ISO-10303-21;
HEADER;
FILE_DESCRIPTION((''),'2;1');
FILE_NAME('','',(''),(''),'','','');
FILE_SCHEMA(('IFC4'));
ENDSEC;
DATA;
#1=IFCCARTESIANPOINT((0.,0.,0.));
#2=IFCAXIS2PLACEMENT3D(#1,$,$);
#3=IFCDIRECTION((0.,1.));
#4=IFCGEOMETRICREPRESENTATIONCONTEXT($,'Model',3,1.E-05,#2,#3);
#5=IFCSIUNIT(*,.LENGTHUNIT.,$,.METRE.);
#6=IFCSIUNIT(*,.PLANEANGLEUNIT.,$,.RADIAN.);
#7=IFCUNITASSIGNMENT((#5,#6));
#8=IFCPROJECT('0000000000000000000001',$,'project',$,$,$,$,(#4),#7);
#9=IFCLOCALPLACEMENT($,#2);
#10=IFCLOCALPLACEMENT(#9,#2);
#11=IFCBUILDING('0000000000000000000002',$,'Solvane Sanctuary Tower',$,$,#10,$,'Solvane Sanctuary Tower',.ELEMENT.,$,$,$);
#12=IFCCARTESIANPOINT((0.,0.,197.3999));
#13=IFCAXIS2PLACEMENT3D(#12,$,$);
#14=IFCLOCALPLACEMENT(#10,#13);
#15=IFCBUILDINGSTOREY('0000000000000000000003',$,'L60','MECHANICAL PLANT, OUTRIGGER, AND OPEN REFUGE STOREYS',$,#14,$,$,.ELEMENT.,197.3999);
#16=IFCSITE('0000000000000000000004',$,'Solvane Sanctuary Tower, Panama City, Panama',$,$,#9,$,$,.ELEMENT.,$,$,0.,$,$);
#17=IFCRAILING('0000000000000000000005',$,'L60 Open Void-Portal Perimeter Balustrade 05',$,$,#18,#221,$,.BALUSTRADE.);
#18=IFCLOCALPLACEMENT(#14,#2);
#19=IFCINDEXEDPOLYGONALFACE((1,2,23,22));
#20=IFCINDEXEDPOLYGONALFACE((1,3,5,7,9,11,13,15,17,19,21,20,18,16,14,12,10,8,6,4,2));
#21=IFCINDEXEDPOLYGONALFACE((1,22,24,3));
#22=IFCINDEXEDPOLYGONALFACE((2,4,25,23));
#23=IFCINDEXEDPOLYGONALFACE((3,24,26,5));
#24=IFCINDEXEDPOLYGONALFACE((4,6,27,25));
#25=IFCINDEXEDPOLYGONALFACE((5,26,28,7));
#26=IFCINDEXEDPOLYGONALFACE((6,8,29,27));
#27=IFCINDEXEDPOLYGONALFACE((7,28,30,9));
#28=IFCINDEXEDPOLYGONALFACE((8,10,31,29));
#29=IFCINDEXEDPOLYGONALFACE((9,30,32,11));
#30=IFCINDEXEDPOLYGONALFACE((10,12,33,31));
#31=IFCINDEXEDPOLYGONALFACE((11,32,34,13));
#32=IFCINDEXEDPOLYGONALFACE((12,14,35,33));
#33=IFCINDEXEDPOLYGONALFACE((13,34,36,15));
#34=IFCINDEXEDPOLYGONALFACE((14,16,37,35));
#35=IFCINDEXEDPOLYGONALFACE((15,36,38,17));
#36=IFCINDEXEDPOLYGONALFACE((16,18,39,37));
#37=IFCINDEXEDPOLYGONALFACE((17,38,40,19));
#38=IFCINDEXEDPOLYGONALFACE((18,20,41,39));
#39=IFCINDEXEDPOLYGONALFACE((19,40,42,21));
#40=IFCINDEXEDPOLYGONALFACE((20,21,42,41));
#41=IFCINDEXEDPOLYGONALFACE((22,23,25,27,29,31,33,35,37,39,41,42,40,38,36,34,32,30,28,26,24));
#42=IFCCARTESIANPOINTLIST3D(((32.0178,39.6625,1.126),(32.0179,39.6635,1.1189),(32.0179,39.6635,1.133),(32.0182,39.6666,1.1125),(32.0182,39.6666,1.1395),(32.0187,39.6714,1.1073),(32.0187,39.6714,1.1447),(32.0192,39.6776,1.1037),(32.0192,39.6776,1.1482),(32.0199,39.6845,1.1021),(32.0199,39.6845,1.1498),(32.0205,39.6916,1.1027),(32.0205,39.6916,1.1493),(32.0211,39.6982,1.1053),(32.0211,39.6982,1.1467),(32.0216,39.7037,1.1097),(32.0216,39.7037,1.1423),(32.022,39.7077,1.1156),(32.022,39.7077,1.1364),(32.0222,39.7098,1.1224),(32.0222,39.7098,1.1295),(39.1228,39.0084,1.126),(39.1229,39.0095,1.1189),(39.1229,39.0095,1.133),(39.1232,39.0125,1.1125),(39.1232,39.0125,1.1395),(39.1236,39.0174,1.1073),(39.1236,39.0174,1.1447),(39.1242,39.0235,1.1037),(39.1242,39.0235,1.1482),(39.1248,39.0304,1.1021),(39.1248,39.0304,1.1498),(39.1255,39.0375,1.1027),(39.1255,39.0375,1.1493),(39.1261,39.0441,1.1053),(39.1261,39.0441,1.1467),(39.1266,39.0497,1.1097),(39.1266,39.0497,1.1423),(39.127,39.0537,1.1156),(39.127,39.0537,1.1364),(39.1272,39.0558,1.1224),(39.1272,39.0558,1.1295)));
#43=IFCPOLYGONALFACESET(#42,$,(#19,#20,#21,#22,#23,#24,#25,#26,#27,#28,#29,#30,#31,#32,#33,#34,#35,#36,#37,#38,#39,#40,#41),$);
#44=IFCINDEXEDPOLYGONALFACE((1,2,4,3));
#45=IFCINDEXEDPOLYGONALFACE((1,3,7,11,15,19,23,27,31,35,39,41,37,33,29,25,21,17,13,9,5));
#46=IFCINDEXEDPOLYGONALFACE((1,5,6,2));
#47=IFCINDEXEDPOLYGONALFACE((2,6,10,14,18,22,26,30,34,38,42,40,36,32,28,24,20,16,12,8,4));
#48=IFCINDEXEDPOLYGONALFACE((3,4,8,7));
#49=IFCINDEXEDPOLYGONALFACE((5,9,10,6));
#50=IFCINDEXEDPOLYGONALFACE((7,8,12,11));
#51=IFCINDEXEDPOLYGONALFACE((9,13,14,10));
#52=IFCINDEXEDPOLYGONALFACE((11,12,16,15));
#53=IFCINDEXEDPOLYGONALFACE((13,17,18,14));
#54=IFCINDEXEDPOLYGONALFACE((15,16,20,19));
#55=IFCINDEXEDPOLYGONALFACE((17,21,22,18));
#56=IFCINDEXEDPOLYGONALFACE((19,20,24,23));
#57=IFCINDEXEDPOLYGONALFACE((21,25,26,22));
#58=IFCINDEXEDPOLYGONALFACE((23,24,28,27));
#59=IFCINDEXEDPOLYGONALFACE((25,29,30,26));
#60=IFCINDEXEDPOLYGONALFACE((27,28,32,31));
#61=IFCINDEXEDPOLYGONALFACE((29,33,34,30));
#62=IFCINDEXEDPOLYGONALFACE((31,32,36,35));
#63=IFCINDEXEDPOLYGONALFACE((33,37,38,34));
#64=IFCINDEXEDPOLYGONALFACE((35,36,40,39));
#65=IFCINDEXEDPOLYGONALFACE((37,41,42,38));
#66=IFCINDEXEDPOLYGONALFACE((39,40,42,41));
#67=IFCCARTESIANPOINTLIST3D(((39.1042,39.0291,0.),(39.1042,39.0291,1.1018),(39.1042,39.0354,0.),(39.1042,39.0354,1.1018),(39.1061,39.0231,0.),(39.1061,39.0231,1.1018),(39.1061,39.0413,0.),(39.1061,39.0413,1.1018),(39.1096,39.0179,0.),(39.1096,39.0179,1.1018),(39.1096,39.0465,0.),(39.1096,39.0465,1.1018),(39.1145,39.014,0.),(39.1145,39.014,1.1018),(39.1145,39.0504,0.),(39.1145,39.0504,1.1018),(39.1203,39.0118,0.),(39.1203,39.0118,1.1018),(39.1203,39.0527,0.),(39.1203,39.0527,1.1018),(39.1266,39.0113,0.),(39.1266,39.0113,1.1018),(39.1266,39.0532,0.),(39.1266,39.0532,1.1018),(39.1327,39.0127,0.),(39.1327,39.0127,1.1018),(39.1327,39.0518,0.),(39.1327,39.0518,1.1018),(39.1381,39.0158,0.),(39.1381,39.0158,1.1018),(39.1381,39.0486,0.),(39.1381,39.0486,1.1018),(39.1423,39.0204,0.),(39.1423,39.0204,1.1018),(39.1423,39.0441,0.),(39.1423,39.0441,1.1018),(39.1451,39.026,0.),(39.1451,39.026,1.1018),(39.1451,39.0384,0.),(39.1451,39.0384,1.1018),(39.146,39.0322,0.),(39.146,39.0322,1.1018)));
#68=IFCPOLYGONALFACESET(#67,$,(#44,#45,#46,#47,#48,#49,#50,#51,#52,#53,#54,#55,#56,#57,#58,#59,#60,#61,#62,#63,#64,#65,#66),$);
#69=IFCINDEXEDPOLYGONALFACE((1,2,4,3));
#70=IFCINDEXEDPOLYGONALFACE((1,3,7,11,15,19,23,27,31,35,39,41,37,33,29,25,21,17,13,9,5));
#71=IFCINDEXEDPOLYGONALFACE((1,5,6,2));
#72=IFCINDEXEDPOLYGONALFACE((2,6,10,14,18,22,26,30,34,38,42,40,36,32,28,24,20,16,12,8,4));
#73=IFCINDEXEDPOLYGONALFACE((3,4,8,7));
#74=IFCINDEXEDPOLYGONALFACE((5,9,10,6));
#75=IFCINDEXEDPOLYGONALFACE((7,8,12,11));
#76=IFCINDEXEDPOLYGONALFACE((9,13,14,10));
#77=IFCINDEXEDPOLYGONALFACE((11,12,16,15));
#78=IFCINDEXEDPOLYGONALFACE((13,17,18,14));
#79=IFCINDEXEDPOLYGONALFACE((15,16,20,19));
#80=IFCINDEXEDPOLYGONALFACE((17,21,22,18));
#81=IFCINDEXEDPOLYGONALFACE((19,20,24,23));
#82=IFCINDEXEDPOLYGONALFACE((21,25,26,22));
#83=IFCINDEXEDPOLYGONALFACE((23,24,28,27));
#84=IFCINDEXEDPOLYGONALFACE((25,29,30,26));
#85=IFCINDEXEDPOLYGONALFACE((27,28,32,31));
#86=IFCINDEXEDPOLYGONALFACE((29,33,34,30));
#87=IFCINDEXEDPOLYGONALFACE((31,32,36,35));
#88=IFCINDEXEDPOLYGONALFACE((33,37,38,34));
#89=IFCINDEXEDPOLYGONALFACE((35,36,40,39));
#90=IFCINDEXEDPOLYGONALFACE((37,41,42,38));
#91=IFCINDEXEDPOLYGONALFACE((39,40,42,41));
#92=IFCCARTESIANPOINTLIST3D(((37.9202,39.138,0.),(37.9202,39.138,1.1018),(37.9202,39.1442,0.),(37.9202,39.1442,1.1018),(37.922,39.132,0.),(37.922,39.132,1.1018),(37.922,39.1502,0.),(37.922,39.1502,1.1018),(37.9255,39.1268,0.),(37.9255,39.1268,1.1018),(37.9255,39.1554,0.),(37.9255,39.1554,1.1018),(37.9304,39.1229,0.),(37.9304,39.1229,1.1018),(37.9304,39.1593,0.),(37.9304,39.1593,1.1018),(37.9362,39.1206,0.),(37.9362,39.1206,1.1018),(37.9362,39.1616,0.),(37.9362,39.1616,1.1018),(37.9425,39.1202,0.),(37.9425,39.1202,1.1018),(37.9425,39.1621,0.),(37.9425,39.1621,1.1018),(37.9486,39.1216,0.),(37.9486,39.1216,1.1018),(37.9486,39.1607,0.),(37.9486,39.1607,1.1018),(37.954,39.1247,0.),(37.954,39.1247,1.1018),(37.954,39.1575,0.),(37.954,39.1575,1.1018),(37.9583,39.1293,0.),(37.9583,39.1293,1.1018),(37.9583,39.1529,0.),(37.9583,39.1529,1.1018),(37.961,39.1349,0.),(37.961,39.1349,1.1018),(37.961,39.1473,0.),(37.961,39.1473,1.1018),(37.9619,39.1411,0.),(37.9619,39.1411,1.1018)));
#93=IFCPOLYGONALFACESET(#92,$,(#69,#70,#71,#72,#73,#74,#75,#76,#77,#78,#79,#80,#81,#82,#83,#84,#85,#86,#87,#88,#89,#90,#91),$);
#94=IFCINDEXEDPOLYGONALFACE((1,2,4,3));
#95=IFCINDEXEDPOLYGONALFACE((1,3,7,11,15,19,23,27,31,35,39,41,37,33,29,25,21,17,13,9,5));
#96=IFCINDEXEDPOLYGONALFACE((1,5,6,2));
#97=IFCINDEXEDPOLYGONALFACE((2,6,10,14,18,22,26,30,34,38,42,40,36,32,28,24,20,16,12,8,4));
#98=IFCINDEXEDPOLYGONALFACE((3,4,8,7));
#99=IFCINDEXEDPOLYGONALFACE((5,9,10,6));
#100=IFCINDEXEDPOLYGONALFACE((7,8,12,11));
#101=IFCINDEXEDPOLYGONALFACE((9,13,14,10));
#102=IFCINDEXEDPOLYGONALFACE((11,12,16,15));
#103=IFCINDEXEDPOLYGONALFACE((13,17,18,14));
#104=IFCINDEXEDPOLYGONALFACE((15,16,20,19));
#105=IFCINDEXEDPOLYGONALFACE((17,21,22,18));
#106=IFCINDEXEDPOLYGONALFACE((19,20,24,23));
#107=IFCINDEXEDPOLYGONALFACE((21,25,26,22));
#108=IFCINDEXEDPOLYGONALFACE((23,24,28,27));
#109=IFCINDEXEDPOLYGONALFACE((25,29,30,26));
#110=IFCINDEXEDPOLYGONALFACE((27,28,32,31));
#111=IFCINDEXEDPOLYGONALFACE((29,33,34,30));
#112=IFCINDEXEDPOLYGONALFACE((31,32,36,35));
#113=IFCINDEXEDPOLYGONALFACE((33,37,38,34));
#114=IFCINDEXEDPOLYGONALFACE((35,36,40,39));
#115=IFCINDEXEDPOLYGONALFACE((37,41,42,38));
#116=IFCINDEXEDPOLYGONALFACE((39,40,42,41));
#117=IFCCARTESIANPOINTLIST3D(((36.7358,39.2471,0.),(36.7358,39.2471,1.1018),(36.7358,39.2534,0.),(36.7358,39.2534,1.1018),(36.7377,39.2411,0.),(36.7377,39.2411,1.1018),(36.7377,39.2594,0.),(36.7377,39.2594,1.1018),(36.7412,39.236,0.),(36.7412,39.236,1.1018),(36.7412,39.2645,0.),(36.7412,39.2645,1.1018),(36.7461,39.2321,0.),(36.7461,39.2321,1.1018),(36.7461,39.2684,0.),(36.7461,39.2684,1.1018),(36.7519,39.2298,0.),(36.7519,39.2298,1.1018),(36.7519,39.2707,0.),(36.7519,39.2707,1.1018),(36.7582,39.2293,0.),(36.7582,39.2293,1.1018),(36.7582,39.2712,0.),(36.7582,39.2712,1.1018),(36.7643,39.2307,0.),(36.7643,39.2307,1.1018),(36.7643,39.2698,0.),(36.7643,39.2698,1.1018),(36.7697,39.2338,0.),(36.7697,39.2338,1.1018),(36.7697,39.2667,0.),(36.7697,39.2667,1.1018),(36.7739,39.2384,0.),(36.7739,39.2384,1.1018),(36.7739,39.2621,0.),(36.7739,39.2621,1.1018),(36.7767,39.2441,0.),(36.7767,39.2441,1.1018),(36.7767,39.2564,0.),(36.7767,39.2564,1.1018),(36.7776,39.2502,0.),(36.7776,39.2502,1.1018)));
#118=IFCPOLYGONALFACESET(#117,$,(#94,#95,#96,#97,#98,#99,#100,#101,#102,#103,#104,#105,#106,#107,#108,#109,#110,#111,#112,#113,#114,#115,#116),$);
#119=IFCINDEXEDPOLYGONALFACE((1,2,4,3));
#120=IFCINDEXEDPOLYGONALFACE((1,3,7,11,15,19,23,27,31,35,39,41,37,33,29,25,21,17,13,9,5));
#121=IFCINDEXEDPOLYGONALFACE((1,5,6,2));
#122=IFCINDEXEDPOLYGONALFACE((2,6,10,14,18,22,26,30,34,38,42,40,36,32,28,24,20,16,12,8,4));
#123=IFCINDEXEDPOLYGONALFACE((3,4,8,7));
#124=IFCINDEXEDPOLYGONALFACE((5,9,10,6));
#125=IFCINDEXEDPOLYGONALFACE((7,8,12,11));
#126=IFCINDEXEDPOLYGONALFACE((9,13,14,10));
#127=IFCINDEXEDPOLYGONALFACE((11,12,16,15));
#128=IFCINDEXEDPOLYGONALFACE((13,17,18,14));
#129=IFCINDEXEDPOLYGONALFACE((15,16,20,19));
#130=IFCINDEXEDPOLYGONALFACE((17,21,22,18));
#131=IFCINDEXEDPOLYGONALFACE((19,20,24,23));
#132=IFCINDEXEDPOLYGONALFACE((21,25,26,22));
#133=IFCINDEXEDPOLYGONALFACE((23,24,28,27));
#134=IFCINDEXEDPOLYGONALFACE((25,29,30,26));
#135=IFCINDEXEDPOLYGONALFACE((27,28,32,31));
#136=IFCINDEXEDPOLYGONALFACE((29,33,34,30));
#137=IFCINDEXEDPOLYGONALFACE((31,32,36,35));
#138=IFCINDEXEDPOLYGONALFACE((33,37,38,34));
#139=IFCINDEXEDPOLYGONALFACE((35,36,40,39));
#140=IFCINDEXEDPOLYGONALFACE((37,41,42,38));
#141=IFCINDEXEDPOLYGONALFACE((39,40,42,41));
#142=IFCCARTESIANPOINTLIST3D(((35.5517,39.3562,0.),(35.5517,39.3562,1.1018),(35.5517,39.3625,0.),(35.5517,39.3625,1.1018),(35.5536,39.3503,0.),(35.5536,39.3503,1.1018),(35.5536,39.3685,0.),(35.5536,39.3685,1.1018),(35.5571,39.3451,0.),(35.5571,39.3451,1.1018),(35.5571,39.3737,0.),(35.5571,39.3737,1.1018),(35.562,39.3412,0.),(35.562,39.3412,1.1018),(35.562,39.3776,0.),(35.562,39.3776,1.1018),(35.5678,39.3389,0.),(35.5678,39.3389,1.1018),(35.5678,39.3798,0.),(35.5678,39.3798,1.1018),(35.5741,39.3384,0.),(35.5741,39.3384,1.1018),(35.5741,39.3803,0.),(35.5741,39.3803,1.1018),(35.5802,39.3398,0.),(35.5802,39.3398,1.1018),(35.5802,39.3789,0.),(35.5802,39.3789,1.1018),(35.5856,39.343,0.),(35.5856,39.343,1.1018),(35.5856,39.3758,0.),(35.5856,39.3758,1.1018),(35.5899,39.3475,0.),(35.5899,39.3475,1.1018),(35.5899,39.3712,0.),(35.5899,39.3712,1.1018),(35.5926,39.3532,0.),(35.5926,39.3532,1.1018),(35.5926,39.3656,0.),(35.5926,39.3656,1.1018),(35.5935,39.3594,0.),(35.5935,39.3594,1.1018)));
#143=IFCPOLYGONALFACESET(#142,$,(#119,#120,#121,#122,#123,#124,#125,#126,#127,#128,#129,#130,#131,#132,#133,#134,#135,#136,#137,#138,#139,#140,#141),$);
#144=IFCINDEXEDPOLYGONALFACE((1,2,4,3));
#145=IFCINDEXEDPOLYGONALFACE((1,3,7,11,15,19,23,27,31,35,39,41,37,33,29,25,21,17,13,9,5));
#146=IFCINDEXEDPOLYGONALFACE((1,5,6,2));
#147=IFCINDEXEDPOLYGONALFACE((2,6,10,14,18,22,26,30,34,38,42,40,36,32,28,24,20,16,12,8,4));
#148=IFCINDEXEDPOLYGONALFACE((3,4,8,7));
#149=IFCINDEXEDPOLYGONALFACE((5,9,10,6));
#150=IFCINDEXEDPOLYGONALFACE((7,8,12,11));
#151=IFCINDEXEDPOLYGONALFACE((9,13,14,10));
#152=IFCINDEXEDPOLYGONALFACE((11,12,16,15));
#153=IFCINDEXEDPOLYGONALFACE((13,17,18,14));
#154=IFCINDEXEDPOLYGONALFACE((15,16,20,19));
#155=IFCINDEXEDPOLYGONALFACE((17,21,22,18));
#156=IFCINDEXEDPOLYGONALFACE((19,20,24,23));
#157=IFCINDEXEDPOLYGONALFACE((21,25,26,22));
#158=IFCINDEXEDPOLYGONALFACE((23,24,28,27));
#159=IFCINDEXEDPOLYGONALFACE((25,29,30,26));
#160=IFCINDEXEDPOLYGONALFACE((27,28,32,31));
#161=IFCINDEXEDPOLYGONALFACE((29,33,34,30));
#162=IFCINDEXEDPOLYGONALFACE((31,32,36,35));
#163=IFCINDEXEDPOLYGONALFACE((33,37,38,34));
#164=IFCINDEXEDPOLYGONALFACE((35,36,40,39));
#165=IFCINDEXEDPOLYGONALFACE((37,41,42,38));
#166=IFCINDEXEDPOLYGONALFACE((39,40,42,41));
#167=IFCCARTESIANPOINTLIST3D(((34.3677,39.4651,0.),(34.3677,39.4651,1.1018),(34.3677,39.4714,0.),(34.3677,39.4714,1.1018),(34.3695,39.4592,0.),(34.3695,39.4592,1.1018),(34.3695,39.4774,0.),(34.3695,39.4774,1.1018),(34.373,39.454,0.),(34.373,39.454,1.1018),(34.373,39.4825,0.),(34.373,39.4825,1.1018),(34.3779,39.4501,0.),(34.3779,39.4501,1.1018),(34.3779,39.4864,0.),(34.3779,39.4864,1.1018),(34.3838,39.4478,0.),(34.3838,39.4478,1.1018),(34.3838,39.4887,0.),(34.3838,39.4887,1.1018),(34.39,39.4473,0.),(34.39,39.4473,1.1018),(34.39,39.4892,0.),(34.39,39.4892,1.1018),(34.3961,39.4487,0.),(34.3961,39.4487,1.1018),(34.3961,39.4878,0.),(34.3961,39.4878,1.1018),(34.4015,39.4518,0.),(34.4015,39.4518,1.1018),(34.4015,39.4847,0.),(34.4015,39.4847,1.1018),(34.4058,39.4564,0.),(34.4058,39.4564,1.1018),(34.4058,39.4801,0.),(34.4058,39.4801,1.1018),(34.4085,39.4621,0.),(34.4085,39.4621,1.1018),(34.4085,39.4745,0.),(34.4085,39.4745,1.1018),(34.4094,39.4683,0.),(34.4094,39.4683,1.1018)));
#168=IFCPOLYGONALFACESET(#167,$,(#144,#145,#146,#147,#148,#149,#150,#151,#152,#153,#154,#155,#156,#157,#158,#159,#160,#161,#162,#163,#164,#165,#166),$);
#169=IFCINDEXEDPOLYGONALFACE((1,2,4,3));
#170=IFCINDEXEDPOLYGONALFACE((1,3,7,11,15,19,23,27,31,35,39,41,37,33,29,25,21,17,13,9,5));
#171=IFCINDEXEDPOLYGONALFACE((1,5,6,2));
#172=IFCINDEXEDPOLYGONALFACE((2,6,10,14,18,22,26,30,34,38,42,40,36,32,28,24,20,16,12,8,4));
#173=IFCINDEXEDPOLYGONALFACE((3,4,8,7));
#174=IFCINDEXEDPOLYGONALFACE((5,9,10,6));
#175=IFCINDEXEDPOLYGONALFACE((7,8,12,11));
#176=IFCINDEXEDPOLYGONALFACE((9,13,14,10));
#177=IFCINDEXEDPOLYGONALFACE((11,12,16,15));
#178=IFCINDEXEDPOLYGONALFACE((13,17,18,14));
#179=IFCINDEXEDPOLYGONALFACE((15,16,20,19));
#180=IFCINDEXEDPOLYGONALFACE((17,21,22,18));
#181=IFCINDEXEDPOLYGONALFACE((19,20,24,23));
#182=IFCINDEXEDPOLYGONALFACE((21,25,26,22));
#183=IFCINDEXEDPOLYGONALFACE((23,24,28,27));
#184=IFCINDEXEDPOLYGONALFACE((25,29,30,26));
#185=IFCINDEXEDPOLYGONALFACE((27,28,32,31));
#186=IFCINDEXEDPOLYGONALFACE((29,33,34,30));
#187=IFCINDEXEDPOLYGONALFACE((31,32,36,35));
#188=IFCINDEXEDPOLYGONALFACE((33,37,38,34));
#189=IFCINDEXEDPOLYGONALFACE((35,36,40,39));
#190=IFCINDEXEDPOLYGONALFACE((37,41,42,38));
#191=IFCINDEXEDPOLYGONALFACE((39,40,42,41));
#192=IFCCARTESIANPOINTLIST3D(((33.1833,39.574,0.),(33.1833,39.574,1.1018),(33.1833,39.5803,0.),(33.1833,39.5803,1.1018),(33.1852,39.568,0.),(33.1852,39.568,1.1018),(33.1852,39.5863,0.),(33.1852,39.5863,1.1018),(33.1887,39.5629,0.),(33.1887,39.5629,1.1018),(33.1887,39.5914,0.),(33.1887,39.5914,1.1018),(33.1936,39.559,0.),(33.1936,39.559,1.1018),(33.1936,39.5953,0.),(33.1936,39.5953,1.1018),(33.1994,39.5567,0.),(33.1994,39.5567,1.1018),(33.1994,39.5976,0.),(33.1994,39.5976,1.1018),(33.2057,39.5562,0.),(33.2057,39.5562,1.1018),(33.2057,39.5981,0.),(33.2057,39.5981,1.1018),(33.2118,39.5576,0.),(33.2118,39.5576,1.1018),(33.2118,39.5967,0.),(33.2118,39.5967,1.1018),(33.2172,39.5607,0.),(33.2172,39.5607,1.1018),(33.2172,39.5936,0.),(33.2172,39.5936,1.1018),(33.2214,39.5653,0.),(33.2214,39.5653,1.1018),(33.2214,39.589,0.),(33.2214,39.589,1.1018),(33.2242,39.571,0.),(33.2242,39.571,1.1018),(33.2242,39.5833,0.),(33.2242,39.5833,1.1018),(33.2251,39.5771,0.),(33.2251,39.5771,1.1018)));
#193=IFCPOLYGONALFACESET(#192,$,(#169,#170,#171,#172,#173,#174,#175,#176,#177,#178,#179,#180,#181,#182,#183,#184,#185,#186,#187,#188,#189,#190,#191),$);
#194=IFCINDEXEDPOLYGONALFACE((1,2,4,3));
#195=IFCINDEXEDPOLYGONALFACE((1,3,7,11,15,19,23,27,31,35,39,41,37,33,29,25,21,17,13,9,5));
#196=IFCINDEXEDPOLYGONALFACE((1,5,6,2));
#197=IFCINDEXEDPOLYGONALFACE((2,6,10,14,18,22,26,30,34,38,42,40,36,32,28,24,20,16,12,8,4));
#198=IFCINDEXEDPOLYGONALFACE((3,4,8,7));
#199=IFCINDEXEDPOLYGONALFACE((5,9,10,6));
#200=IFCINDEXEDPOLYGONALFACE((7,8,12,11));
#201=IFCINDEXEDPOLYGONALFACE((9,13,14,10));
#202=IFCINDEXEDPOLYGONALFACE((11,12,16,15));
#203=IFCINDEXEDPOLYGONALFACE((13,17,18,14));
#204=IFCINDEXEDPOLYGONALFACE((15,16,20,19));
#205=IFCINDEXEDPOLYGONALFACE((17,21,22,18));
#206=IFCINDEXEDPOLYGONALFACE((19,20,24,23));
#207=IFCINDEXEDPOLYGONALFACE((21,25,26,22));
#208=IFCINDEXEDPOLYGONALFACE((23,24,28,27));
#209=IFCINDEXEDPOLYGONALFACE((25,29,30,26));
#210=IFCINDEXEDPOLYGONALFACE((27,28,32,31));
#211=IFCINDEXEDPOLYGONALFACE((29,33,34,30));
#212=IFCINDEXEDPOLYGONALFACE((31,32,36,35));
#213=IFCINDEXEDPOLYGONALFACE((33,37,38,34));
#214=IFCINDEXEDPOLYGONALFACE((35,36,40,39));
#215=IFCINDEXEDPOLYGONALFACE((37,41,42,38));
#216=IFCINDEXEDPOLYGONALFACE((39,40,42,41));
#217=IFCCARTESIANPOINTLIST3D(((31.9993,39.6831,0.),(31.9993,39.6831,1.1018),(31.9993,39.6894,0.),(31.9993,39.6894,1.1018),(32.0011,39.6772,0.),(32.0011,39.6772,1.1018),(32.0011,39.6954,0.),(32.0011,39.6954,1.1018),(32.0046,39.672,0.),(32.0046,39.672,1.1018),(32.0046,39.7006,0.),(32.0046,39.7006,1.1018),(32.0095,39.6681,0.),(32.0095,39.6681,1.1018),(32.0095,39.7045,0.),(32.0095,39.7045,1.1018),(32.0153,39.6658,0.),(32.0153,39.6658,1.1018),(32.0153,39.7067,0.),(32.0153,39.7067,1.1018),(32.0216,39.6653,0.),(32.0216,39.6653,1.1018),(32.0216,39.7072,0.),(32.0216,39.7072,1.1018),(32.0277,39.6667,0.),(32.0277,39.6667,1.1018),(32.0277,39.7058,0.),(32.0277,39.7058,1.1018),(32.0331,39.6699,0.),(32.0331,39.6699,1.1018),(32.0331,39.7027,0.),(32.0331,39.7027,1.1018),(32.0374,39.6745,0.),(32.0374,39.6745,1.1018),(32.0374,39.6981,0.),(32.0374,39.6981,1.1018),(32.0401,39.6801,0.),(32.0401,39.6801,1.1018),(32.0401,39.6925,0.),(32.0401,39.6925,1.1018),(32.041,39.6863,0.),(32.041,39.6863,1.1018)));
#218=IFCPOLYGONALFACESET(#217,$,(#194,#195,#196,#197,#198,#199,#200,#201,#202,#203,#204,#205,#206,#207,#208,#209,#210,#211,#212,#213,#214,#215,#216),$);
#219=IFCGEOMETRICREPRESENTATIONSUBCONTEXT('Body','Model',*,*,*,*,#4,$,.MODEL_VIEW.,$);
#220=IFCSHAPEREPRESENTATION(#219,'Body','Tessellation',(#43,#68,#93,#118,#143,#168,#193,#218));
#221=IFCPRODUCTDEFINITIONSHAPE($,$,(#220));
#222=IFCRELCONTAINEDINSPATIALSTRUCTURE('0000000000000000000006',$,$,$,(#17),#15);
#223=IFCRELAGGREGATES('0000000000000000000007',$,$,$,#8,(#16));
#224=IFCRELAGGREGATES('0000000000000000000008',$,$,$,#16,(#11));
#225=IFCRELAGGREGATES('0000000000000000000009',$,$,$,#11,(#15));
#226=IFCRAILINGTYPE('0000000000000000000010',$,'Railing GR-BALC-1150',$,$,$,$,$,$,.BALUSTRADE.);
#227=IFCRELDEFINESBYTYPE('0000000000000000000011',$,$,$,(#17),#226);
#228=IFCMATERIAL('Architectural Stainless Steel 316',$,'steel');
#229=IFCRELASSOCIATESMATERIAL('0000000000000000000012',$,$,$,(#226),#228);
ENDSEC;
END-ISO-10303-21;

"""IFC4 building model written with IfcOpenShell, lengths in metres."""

from ifc_helpers import new_model, si_unit, direction, frame, origin, origin_2d, place, context, subcontext, project, spatial, circle, extrude, material, type_object, element, save


model = new_model("IFC4")

# Units and contexts
model_context = context("Model", 3, precision=1e-05, world=origin(), true_north=direction((0.0, 1.0)))
body_context = subcontext(model_context, "Body", "Model", "MODEL_VIEW")
ifc_project = project(units=[si_unit("LENGTHUNIT", "METRE"), si_unit("PLANEANGLEUNIT", "RADIAN")], contexts=[model_context])

# Site, building, storey
site_placement = place(None, origin())
site = spatial("IfcSite", under=ifc_project, at=site_placement, Name="Solvane Sanctuary Tower, Panama City, Panama", CompositionType="ELEMENT", RefElevation=0.0)
building_placement = place(site_placement, origin())
building = spatial("IfcBuilding", under=site, at=building_placement, Name="Solvane Sanctuary Tower", LongName="Solvane Sanctuary Tower", CompositionType="ELEMENT")
storey_placement = place(building_placement, frame((0.0, 0.0, 197.3999)))
storey = spatial("IfcBuildingStorey", under=building, at=storey_placement, Name="L60", Description="MECHANICAL PLANT, OUTRIGGER, AND OPEN REFUGE STOREYS", CompositionType="ELEMENT", Elevation=197.3999)

# Shared definitions
ifc_material_1 = material(Name="Architectural Stainless Steel 316", Category="steel")

# Railing
railing_type_1 = type_object("IfcRailingType", Name="Railing GR-BALC-1150", PredefinedType="BALUSTRADE", material=ifc_material_1)
railing_1_placement = place(storey_placement, frame((39.125, 39.0322, 0.0)))
element("IfcRailing", 1, at=railing_1_placement, inside=storey, type_object=railing_type_1, Name="L60 Open Void-Portal Perimeter Balustrade 05", PredefinedType="BALUSTRADE", context=body_context, shape_type="SweptSolid", body=[
    extrude(circle(Radius=0.0239, at=origin_2d()), frame((0.0, 0.0, 1.126), z_axis=(-0.99579, 0.091668, 0.0), x_axis=(-0.091668, -0.99579, 0.0)), (0.0, 0.0, 1.0), 7.135),
    extrude(circle(Radius=0.021, at=origin_2d()), origin(), (0.0, 0.0, 1.0), 1.1018),
    extrude(circle(Radius=0.021, at=origin_2d()), frame((-1.1841, 0.1089, 0.0)), (0.0, 0.0, 1.0), 1.1018),
    extrude(circle(Radius=0.021, at=origin_2d()), frame((-2.3684, 0.218, 0.0)), (0.0, 0.0, 1.0), 1.1018),
    extrude(circle(Radius=0.021, at=origin_2d()), frame((-3.5525, 0.3271, 0.0)), (0.0, 0.0, 1.0), 1.1018),
    extrude(circle(Radius=0.021, at=origin_2d()), frame((-4.7366, 0.436, 0.0)), (0.0, 0.0, 1.0), 1.1018),
    extrude(circle(Radius=0.021, at=origin_2d()), frame((-5.9209, 0.5449, 0.0)), (0.0, 0.0, 1.0), 1.1018),
    extrude(circle(Radius=0.021, at=origin_2d()), frame((-7.105, 0.6541, 0.0)), (0.0, 0.0, 1.0), 1.1018),
])

save(model, "model.ifc")
